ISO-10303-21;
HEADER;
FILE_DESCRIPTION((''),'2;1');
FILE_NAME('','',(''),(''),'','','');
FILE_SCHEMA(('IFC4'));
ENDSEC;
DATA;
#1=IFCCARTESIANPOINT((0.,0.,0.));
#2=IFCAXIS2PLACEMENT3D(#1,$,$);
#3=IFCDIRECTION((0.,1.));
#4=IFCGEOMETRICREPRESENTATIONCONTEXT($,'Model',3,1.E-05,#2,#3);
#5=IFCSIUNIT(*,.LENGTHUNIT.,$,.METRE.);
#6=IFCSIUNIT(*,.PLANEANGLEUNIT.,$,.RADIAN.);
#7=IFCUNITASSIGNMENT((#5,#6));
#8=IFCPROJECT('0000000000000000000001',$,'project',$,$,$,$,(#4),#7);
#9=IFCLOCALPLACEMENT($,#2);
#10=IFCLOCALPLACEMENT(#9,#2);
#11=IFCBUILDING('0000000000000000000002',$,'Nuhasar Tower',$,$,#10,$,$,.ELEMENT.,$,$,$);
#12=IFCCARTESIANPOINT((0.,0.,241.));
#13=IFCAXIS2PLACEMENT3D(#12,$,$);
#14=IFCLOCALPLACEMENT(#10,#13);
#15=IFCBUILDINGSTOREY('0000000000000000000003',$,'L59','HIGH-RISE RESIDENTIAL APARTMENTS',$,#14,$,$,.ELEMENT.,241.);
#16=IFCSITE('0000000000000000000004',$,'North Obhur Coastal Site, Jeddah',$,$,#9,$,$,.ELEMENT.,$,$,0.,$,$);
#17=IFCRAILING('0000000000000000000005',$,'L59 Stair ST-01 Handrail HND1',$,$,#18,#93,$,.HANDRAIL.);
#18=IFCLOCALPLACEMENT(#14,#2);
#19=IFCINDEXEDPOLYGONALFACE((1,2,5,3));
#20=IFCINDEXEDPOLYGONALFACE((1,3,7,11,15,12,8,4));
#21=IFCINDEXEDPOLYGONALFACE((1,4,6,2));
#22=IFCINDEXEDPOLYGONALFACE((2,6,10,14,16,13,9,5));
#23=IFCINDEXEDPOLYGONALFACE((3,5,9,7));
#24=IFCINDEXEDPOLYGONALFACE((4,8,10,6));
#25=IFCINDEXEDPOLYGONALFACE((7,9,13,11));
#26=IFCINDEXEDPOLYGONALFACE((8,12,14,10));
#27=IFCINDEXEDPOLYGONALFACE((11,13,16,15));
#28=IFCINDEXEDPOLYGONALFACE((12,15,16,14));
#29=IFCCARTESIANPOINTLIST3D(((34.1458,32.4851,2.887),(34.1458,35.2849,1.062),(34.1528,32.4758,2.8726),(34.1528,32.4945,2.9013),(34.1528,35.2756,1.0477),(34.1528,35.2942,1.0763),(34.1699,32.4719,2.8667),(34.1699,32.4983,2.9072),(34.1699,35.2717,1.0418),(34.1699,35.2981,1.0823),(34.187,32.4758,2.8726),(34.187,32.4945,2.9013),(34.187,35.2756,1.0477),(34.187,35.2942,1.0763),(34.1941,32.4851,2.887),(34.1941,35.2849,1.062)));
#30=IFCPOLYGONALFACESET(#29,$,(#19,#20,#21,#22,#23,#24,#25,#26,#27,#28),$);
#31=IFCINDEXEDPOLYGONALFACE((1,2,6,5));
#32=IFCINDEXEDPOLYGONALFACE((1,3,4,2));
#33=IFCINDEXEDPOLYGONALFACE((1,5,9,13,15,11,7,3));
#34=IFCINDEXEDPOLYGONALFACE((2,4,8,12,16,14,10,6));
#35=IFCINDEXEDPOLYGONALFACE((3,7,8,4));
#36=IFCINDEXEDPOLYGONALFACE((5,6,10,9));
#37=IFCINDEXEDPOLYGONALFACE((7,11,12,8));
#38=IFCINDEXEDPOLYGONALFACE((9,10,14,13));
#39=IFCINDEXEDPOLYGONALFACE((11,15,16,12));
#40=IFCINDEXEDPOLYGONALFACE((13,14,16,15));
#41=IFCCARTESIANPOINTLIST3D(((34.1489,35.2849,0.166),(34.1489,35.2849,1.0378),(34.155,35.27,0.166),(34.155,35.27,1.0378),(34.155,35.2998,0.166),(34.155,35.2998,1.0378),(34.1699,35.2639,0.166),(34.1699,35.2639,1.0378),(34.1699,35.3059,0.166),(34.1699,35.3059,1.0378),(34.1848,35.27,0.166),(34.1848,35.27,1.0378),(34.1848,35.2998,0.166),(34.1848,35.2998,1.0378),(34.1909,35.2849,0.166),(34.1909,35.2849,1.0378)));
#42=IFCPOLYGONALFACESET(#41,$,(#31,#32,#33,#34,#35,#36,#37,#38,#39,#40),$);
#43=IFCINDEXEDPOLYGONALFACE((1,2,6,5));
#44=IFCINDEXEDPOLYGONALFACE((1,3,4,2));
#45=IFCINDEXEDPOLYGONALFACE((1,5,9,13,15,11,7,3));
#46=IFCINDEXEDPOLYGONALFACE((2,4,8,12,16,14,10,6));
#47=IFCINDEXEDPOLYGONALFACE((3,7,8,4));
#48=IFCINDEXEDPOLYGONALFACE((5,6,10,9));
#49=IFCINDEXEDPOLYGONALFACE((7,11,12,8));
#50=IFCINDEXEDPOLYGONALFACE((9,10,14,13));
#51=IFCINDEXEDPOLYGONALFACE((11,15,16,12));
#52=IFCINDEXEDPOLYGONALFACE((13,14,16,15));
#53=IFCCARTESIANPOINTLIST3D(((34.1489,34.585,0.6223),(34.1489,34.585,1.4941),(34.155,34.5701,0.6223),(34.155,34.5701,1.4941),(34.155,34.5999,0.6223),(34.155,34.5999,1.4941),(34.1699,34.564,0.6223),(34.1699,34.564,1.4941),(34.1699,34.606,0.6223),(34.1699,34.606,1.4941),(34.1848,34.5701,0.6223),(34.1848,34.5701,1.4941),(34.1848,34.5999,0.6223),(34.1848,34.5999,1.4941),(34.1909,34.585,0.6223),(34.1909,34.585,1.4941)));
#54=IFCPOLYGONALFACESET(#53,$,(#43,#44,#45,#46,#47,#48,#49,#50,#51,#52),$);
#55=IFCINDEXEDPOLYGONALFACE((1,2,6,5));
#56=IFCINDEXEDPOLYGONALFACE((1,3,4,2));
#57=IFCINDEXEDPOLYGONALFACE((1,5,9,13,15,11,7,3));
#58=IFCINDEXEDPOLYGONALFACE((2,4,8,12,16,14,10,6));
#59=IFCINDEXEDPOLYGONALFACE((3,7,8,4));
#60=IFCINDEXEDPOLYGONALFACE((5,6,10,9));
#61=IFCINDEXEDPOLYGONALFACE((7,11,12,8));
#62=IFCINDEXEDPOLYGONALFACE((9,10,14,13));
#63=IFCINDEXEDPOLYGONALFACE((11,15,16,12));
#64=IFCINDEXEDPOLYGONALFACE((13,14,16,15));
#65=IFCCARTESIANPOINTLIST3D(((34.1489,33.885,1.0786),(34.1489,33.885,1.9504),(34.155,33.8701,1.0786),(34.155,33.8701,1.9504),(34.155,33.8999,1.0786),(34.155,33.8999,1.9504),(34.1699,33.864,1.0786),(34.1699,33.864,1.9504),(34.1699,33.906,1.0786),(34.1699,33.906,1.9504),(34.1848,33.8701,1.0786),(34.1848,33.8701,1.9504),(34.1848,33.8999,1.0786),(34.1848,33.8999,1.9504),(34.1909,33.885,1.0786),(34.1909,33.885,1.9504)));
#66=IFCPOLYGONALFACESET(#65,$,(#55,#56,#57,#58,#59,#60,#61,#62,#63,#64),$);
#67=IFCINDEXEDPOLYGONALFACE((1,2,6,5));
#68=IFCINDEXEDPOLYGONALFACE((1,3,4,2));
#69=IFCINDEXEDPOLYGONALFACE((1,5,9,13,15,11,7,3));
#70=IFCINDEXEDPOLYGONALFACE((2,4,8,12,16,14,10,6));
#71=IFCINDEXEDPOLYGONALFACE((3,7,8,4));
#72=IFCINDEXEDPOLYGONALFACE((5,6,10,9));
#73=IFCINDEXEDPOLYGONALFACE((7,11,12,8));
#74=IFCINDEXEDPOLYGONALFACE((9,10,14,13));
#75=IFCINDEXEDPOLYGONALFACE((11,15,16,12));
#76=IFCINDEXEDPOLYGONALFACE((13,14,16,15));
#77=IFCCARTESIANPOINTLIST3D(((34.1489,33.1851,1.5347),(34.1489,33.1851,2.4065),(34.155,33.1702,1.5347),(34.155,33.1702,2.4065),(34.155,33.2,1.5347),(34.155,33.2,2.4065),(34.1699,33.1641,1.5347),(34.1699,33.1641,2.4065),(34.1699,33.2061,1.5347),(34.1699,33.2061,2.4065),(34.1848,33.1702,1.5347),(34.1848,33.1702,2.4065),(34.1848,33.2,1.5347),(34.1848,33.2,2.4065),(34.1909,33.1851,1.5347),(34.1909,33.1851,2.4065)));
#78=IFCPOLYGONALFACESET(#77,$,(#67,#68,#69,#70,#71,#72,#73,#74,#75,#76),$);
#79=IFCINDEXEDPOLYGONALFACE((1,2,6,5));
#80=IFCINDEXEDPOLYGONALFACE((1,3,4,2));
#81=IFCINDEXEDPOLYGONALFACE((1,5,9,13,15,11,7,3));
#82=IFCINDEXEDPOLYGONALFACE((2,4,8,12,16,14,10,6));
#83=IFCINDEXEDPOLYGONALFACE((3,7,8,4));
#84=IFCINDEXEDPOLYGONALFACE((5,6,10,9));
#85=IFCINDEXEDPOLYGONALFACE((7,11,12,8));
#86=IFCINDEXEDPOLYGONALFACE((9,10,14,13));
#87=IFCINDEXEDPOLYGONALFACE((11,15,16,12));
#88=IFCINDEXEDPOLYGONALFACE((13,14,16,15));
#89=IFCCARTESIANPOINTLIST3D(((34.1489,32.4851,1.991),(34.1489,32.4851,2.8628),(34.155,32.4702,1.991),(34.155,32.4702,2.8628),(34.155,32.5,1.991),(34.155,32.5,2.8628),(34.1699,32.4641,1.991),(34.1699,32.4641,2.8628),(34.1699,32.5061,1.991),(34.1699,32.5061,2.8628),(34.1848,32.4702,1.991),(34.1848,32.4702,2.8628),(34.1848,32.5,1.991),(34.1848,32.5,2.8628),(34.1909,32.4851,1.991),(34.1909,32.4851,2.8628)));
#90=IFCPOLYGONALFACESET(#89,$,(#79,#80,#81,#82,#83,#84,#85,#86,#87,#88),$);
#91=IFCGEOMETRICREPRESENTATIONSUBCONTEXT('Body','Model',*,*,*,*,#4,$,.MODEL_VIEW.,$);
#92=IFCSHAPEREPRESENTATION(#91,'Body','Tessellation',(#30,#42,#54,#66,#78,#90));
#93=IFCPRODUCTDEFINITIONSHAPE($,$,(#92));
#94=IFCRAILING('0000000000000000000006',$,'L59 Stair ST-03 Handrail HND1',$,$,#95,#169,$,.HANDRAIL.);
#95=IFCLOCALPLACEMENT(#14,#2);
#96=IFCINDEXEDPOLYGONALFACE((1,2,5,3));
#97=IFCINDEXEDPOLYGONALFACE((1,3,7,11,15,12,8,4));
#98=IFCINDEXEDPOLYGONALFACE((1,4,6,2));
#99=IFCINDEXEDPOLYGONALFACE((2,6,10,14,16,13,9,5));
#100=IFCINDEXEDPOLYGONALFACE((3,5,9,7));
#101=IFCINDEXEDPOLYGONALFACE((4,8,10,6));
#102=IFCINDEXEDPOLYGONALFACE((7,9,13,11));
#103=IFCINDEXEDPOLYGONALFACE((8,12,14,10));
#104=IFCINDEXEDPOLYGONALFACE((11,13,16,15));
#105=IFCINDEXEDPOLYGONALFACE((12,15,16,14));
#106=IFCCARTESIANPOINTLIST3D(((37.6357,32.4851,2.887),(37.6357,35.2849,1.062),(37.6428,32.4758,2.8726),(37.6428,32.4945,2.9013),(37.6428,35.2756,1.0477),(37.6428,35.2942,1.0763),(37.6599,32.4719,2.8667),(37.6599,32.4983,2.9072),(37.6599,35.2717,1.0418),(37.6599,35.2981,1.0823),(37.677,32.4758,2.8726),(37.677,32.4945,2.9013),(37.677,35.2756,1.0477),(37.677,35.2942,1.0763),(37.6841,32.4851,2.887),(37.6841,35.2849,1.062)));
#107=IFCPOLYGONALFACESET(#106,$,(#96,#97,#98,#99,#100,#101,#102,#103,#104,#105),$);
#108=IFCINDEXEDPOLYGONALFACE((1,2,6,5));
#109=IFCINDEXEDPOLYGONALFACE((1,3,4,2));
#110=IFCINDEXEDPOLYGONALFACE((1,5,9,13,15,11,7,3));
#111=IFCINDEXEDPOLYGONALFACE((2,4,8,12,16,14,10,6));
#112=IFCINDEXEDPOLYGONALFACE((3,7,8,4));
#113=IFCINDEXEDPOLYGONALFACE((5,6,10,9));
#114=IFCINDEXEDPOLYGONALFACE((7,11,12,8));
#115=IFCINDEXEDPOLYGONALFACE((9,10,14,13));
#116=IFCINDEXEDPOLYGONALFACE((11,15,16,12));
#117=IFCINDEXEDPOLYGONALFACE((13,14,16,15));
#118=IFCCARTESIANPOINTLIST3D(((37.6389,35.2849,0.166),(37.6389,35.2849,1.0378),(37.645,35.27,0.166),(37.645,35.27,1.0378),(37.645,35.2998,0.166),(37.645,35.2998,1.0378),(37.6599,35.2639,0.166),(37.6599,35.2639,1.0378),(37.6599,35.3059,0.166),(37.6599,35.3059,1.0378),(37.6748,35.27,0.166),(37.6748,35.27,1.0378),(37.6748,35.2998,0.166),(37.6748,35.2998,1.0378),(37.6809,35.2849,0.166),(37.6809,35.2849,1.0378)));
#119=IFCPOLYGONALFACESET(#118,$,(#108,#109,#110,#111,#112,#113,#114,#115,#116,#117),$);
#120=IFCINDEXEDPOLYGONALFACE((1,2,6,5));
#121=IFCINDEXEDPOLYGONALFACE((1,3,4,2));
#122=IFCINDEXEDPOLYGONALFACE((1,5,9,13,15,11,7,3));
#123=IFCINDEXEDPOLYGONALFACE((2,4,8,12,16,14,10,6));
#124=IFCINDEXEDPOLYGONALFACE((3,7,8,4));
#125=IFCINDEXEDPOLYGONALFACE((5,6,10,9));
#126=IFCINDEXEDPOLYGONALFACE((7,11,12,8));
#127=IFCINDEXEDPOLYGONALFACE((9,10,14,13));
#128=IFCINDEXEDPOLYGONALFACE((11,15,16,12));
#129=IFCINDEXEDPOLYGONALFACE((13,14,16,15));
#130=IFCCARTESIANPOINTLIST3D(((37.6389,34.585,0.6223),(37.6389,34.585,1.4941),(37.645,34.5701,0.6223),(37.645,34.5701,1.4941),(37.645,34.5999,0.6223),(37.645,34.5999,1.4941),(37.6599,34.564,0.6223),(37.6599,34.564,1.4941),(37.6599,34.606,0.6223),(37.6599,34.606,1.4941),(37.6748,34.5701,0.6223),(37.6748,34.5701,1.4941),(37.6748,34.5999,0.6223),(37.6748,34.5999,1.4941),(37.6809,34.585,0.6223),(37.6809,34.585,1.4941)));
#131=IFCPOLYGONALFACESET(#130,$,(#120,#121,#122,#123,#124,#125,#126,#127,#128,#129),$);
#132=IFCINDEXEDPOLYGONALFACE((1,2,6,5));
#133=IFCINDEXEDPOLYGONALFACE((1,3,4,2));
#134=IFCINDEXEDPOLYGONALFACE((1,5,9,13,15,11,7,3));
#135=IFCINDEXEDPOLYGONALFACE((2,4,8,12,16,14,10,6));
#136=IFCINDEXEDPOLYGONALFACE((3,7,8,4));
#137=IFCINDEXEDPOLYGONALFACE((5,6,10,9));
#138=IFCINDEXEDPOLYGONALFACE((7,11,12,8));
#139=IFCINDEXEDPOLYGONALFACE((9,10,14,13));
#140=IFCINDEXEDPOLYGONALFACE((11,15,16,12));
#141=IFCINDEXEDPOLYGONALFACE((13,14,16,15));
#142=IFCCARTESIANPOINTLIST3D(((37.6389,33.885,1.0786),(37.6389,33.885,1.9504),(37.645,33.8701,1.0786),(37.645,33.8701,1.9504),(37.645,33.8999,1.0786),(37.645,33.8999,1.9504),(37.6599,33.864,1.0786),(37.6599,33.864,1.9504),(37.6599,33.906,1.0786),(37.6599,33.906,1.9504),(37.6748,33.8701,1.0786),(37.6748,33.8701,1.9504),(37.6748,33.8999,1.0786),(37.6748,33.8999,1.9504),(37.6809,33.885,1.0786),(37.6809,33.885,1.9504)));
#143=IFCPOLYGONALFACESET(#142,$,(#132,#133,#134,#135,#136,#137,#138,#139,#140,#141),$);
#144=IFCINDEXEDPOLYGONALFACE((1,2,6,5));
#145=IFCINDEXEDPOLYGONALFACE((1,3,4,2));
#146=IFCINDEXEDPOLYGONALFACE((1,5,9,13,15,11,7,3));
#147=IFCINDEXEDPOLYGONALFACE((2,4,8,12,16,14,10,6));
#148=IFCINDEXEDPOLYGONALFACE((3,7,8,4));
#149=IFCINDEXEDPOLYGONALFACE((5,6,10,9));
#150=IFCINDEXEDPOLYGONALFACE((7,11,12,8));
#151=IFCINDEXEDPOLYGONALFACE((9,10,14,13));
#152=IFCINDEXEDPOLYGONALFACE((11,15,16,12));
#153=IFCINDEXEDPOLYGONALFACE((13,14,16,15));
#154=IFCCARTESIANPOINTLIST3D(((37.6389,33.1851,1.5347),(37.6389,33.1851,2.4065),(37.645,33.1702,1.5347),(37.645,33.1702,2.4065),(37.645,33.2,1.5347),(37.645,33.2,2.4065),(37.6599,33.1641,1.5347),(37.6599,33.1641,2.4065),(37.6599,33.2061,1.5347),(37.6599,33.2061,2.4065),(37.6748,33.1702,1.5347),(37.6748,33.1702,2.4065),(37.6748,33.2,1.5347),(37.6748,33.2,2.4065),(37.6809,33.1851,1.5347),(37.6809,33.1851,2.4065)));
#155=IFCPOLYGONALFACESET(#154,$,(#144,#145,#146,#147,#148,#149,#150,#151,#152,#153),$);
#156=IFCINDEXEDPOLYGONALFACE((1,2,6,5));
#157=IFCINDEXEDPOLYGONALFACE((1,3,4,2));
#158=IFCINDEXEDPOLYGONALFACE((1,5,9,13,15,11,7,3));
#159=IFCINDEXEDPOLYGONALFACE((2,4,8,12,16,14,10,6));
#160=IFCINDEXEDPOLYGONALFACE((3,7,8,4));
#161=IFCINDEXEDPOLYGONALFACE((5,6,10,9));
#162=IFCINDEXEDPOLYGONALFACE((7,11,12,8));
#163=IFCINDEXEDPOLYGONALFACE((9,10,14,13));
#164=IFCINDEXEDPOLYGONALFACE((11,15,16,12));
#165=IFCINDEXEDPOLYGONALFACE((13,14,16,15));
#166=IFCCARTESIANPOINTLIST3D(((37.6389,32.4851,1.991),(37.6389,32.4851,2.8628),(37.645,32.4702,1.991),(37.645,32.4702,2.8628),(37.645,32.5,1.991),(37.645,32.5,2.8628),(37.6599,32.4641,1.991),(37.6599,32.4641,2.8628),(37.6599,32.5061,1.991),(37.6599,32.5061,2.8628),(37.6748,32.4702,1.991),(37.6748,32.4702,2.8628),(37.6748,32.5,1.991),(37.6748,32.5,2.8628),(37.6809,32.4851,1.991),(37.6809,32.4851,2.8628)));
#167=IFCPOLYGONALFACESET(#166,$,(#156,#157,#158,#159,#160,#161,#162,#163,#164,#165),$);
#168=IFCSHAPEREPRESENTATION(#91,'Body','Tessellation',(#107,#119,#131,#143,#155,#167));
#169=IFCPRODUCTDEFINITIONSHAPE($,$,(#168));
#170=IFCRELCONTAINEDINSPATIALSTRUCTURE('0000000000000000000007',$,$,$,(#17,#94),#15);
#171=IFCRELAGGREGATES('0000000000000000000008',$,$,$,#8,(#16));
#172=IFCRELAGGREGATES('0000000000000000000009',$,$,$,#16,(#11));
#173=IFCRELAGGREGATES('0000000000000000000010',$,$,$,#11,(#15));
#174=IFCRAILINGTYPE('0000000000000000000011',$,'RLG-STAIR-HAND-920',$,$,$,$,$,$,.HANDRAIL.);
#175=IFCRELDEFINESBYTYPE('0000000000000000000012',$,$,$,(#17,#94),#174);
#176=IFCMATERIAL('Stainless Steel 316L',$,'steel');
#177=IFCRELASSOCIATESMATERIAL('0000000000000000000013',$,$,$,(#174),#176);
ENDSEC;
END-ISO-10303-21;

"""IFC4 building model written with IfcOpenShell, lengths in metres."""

from ifc_helpers import new_model, si_unit, direction, frame, origin, place, context, subcontext, project, spatial, polyline, outline, extrude, material, type_object, element, save


model = new_model("IFC4")

# Units and contexts
model_context = context("Model", 3, precision=1e-05, world=origin(), true_north=direction((0.0, 1.0)))
body_context = subcontext(model_context, "Body", "Model", "MODEL_VIEW")
ifc_project = project(units=[si_unit("LENGTHUNIT", "METRE"), si_unit("PLANEANGLEUNIT", "RADIAN")], contexts=[model_context])

# Site, building, storey
site_placement = place(None, origin())
site = spatial("IfcSite", under=ifc_project, at=site_placement, Name="North Obhur Coastal Site, Jeddah", CompositionType="ELEMENT", RefElevation=0.0)
building_placement = place(site_placement, origin())
building = spatial("IfcBuilding", under=site, at=building_placement, Name="Nuhasar Tower", CompositionType="ELEMENT")
storey_placement = place(building_placement, frame((0.0, 0.0, 241.0)))
storey = spatial("IfcBuildingStorey", under=building, at=storey_placement, Name="L59", Description="HIGH-RISE RESIDENTIAL APARTMENTS", CompositionType="ELEMENT", Elevation=241.0)

# Railings
ifc_material_1 = material(Name="Stainless Steel 316L", Category="steel")
railing_type_1 = type_object("IfcRailingType", Name="RLG-STAIR-HAND-920", PredefinedType="HANDRAIL", material=ifc_material_1)
railing_1_placement = place(storey_placement, frame((34.1699, 35.2849, 0.166)))
element("IfcRailing", 1, at=railing_1_placement, inside=storey, type_object=railing_type_1, Name="L59 Stair ST-01 Handrail HND1", PredefinedType="HANDRAIL", context=body_context, shape_type="SweptSolid", body=[
    extrude(outline(polyline([(0.0242, 0.0), (0.0171, 0.0171), (0.0, 0.0242), (-0.0171, 0.0171), (-0.0242, 0.0), (-0.0171, -0.0171), (0.0, -0.0242), (0.0171, -0.0171), (0.0242, 0.0)])), frame((0.0, 0.0, 0.896), z_axis=(0.0, -0.837749, 0.546056), x_axis=(1.0, 0.0, 0.0)), (0.0, 0.0, 1.0), 3.342),
    extrude(outline(polyline([(0.021, 0.0), (0.0149, 0.0149), (0.0, 0.021), (-0.0149, 0.0149), (-0.021, 0.0), (-0.0149, -0.0149), (0.0, -0.021), (0.0149, -0.0149), (0.021, 0.0)])), origin(), (0.0, 0.0, 1.0), 0.8718),
    extrude(outline(polyline([(0.021, 0.0), (0.0149, 0.0149), (0.0, 0.021), (-0.0149, 0.0149), (-0.021, 0.0), (-0.0149, -0.0149), (0.0, -0.021), (0.0149, -0.0149), (0.021, 0.0)])), frame((0.0, -0.7, 0.4563)), (0.0, 0.0, 1.0), 0.8718),
    extrude(outline(polyline([(0.021, 0.0), (0.0149, 0.0149), (0.0, 0.021), (-0.0149, 0.0149), (-0.021, 0.0), (-0.0149, -0.0149), (0.0, -0.021), (0.0149, -0.0149), (0.021, 0.0)])), frame((0.0, -1.3999, 0.9126)), (0.0, 0.0, 1.0), 0.8718),
    extrude(outline(polyline([(0.021, 0.0), (0.0149, 0.0149), (0.0, 0.021), (-0.0149, 0.0149), (-0.021, 0.0), (-0.0149, -0.0149), (0.0, -0.021), (0.0149, -0.0149), (0.021, 0.0)])), frame((0.0, -2.0999, 1.3687)), (0.0, 0.0, 1.0), 0.8718),
    extrude(outline(polyline([(0.021, 0.0), (0.0149, 0.0149), (0.0, 0.021), (-0.0149, 0.0149), (-0.021, 0.0), (-0.0149, -0.0149), (0.0, -0.021), (0.0149, -0.0149), (0.021, 0.0)])), frame((0.0, -2.7998, 1.825)), (0.0, 0.0, 1.0), 0.8718),
])
railing_2_placement = place(storey_placement, frame((37.6599, 35.2849, 0.166)))
element("IfcRailing", 2, at=railing_2_placement, inside=storey, type_object=railing_type_1, Name="L59 Stair ST-03 Handrail HND1", PredefinedType="HANDRAIL", context=body_context, shape_type="SweptSolid", body=[
    extrude(outline(polyline([(0.0242, 0.0), (0.0171, 0.0171), (0.0, 0.0242), (-0.0171, 0.0171), (-0.0242, 0.0), (-0.0171, -0.0171), (0.0, -0.0242), (0.0171, -0.0171), (0.0242, 0.0)])), frame((0.0, 0.0, 0.896), z_axis=(0.0, -0.837749, 0.546056), x_axis=(1.0, 0.0, 0.0)), (0.0, 0.0, 1.0), 3.342),
    extrude(outline(polyline([(0.021, 0.0), (0.0149, 0.0149), (0.0, 0.021), (-0.0149, 0.0149), (-0.021, 0.0), (-0.0149, -0.0149), (0.0, -0.021), (0.0149, -0.0149), (0.021, 0.0)])), origin(), (0.0, 0.0, 1.0), 0.8718),
    extrude(outline(polyline([(0.021, 0.0), (0.0149, 0.0149), (0.0, 0.021), (-0.0149, 0.0149), (-0.021, 0.0), (-0.0149, -0.0149), (0.0, -0.021), (0.0149, -0.0149), (0.021, 0.0)])), frame((0.0, -0.7, 0.4563)), (0.0, 0.0, 1.0), 0.8718),
    extrude(outline(polyline([(0.021, 0.0), (0.0149, 0.0149), (0.0, 0.021), (-0.0149, 0.0149), (-0.021, 0.0), (-0.0149, -0.0149), (0.0, -0.021), (0.0149, -0.0149), (0.021, 0.0)])), frame((0.0, -1.3999, 0.9126)), (0.0, 0.0, 1.0), 0.8718),
    extrude(outline(polyline([(0.021, 0.0), (0.0149, 0.0149), (0.0, 0.021), (-0.0149, 0.0149), (-0.021, 0.0), (-0.0149, -0.0149), (0.0, -0.021), (0.0149, -0.0149), (0.021, 0.0)])), frame((0.0, -2.0999, 1.3687)), (0.0, 0.0, 1.0), 0.8718),
    extrude(outline(polyline([(0.021, 0.0), (0.0149, 0.0149), (0.0, 0.021), (-0.0149, 0.0149), (-0.021, 0.0), (-0.0149, -0.0149), (0.0, -0.021), (0.0149, -0.0149), (0.021, 0.0)])), frame((0.0, -2.7998, 1.825)), (0.0, 0.0, 1.0), 0.8718),
])

save(model, "model.ifc")
